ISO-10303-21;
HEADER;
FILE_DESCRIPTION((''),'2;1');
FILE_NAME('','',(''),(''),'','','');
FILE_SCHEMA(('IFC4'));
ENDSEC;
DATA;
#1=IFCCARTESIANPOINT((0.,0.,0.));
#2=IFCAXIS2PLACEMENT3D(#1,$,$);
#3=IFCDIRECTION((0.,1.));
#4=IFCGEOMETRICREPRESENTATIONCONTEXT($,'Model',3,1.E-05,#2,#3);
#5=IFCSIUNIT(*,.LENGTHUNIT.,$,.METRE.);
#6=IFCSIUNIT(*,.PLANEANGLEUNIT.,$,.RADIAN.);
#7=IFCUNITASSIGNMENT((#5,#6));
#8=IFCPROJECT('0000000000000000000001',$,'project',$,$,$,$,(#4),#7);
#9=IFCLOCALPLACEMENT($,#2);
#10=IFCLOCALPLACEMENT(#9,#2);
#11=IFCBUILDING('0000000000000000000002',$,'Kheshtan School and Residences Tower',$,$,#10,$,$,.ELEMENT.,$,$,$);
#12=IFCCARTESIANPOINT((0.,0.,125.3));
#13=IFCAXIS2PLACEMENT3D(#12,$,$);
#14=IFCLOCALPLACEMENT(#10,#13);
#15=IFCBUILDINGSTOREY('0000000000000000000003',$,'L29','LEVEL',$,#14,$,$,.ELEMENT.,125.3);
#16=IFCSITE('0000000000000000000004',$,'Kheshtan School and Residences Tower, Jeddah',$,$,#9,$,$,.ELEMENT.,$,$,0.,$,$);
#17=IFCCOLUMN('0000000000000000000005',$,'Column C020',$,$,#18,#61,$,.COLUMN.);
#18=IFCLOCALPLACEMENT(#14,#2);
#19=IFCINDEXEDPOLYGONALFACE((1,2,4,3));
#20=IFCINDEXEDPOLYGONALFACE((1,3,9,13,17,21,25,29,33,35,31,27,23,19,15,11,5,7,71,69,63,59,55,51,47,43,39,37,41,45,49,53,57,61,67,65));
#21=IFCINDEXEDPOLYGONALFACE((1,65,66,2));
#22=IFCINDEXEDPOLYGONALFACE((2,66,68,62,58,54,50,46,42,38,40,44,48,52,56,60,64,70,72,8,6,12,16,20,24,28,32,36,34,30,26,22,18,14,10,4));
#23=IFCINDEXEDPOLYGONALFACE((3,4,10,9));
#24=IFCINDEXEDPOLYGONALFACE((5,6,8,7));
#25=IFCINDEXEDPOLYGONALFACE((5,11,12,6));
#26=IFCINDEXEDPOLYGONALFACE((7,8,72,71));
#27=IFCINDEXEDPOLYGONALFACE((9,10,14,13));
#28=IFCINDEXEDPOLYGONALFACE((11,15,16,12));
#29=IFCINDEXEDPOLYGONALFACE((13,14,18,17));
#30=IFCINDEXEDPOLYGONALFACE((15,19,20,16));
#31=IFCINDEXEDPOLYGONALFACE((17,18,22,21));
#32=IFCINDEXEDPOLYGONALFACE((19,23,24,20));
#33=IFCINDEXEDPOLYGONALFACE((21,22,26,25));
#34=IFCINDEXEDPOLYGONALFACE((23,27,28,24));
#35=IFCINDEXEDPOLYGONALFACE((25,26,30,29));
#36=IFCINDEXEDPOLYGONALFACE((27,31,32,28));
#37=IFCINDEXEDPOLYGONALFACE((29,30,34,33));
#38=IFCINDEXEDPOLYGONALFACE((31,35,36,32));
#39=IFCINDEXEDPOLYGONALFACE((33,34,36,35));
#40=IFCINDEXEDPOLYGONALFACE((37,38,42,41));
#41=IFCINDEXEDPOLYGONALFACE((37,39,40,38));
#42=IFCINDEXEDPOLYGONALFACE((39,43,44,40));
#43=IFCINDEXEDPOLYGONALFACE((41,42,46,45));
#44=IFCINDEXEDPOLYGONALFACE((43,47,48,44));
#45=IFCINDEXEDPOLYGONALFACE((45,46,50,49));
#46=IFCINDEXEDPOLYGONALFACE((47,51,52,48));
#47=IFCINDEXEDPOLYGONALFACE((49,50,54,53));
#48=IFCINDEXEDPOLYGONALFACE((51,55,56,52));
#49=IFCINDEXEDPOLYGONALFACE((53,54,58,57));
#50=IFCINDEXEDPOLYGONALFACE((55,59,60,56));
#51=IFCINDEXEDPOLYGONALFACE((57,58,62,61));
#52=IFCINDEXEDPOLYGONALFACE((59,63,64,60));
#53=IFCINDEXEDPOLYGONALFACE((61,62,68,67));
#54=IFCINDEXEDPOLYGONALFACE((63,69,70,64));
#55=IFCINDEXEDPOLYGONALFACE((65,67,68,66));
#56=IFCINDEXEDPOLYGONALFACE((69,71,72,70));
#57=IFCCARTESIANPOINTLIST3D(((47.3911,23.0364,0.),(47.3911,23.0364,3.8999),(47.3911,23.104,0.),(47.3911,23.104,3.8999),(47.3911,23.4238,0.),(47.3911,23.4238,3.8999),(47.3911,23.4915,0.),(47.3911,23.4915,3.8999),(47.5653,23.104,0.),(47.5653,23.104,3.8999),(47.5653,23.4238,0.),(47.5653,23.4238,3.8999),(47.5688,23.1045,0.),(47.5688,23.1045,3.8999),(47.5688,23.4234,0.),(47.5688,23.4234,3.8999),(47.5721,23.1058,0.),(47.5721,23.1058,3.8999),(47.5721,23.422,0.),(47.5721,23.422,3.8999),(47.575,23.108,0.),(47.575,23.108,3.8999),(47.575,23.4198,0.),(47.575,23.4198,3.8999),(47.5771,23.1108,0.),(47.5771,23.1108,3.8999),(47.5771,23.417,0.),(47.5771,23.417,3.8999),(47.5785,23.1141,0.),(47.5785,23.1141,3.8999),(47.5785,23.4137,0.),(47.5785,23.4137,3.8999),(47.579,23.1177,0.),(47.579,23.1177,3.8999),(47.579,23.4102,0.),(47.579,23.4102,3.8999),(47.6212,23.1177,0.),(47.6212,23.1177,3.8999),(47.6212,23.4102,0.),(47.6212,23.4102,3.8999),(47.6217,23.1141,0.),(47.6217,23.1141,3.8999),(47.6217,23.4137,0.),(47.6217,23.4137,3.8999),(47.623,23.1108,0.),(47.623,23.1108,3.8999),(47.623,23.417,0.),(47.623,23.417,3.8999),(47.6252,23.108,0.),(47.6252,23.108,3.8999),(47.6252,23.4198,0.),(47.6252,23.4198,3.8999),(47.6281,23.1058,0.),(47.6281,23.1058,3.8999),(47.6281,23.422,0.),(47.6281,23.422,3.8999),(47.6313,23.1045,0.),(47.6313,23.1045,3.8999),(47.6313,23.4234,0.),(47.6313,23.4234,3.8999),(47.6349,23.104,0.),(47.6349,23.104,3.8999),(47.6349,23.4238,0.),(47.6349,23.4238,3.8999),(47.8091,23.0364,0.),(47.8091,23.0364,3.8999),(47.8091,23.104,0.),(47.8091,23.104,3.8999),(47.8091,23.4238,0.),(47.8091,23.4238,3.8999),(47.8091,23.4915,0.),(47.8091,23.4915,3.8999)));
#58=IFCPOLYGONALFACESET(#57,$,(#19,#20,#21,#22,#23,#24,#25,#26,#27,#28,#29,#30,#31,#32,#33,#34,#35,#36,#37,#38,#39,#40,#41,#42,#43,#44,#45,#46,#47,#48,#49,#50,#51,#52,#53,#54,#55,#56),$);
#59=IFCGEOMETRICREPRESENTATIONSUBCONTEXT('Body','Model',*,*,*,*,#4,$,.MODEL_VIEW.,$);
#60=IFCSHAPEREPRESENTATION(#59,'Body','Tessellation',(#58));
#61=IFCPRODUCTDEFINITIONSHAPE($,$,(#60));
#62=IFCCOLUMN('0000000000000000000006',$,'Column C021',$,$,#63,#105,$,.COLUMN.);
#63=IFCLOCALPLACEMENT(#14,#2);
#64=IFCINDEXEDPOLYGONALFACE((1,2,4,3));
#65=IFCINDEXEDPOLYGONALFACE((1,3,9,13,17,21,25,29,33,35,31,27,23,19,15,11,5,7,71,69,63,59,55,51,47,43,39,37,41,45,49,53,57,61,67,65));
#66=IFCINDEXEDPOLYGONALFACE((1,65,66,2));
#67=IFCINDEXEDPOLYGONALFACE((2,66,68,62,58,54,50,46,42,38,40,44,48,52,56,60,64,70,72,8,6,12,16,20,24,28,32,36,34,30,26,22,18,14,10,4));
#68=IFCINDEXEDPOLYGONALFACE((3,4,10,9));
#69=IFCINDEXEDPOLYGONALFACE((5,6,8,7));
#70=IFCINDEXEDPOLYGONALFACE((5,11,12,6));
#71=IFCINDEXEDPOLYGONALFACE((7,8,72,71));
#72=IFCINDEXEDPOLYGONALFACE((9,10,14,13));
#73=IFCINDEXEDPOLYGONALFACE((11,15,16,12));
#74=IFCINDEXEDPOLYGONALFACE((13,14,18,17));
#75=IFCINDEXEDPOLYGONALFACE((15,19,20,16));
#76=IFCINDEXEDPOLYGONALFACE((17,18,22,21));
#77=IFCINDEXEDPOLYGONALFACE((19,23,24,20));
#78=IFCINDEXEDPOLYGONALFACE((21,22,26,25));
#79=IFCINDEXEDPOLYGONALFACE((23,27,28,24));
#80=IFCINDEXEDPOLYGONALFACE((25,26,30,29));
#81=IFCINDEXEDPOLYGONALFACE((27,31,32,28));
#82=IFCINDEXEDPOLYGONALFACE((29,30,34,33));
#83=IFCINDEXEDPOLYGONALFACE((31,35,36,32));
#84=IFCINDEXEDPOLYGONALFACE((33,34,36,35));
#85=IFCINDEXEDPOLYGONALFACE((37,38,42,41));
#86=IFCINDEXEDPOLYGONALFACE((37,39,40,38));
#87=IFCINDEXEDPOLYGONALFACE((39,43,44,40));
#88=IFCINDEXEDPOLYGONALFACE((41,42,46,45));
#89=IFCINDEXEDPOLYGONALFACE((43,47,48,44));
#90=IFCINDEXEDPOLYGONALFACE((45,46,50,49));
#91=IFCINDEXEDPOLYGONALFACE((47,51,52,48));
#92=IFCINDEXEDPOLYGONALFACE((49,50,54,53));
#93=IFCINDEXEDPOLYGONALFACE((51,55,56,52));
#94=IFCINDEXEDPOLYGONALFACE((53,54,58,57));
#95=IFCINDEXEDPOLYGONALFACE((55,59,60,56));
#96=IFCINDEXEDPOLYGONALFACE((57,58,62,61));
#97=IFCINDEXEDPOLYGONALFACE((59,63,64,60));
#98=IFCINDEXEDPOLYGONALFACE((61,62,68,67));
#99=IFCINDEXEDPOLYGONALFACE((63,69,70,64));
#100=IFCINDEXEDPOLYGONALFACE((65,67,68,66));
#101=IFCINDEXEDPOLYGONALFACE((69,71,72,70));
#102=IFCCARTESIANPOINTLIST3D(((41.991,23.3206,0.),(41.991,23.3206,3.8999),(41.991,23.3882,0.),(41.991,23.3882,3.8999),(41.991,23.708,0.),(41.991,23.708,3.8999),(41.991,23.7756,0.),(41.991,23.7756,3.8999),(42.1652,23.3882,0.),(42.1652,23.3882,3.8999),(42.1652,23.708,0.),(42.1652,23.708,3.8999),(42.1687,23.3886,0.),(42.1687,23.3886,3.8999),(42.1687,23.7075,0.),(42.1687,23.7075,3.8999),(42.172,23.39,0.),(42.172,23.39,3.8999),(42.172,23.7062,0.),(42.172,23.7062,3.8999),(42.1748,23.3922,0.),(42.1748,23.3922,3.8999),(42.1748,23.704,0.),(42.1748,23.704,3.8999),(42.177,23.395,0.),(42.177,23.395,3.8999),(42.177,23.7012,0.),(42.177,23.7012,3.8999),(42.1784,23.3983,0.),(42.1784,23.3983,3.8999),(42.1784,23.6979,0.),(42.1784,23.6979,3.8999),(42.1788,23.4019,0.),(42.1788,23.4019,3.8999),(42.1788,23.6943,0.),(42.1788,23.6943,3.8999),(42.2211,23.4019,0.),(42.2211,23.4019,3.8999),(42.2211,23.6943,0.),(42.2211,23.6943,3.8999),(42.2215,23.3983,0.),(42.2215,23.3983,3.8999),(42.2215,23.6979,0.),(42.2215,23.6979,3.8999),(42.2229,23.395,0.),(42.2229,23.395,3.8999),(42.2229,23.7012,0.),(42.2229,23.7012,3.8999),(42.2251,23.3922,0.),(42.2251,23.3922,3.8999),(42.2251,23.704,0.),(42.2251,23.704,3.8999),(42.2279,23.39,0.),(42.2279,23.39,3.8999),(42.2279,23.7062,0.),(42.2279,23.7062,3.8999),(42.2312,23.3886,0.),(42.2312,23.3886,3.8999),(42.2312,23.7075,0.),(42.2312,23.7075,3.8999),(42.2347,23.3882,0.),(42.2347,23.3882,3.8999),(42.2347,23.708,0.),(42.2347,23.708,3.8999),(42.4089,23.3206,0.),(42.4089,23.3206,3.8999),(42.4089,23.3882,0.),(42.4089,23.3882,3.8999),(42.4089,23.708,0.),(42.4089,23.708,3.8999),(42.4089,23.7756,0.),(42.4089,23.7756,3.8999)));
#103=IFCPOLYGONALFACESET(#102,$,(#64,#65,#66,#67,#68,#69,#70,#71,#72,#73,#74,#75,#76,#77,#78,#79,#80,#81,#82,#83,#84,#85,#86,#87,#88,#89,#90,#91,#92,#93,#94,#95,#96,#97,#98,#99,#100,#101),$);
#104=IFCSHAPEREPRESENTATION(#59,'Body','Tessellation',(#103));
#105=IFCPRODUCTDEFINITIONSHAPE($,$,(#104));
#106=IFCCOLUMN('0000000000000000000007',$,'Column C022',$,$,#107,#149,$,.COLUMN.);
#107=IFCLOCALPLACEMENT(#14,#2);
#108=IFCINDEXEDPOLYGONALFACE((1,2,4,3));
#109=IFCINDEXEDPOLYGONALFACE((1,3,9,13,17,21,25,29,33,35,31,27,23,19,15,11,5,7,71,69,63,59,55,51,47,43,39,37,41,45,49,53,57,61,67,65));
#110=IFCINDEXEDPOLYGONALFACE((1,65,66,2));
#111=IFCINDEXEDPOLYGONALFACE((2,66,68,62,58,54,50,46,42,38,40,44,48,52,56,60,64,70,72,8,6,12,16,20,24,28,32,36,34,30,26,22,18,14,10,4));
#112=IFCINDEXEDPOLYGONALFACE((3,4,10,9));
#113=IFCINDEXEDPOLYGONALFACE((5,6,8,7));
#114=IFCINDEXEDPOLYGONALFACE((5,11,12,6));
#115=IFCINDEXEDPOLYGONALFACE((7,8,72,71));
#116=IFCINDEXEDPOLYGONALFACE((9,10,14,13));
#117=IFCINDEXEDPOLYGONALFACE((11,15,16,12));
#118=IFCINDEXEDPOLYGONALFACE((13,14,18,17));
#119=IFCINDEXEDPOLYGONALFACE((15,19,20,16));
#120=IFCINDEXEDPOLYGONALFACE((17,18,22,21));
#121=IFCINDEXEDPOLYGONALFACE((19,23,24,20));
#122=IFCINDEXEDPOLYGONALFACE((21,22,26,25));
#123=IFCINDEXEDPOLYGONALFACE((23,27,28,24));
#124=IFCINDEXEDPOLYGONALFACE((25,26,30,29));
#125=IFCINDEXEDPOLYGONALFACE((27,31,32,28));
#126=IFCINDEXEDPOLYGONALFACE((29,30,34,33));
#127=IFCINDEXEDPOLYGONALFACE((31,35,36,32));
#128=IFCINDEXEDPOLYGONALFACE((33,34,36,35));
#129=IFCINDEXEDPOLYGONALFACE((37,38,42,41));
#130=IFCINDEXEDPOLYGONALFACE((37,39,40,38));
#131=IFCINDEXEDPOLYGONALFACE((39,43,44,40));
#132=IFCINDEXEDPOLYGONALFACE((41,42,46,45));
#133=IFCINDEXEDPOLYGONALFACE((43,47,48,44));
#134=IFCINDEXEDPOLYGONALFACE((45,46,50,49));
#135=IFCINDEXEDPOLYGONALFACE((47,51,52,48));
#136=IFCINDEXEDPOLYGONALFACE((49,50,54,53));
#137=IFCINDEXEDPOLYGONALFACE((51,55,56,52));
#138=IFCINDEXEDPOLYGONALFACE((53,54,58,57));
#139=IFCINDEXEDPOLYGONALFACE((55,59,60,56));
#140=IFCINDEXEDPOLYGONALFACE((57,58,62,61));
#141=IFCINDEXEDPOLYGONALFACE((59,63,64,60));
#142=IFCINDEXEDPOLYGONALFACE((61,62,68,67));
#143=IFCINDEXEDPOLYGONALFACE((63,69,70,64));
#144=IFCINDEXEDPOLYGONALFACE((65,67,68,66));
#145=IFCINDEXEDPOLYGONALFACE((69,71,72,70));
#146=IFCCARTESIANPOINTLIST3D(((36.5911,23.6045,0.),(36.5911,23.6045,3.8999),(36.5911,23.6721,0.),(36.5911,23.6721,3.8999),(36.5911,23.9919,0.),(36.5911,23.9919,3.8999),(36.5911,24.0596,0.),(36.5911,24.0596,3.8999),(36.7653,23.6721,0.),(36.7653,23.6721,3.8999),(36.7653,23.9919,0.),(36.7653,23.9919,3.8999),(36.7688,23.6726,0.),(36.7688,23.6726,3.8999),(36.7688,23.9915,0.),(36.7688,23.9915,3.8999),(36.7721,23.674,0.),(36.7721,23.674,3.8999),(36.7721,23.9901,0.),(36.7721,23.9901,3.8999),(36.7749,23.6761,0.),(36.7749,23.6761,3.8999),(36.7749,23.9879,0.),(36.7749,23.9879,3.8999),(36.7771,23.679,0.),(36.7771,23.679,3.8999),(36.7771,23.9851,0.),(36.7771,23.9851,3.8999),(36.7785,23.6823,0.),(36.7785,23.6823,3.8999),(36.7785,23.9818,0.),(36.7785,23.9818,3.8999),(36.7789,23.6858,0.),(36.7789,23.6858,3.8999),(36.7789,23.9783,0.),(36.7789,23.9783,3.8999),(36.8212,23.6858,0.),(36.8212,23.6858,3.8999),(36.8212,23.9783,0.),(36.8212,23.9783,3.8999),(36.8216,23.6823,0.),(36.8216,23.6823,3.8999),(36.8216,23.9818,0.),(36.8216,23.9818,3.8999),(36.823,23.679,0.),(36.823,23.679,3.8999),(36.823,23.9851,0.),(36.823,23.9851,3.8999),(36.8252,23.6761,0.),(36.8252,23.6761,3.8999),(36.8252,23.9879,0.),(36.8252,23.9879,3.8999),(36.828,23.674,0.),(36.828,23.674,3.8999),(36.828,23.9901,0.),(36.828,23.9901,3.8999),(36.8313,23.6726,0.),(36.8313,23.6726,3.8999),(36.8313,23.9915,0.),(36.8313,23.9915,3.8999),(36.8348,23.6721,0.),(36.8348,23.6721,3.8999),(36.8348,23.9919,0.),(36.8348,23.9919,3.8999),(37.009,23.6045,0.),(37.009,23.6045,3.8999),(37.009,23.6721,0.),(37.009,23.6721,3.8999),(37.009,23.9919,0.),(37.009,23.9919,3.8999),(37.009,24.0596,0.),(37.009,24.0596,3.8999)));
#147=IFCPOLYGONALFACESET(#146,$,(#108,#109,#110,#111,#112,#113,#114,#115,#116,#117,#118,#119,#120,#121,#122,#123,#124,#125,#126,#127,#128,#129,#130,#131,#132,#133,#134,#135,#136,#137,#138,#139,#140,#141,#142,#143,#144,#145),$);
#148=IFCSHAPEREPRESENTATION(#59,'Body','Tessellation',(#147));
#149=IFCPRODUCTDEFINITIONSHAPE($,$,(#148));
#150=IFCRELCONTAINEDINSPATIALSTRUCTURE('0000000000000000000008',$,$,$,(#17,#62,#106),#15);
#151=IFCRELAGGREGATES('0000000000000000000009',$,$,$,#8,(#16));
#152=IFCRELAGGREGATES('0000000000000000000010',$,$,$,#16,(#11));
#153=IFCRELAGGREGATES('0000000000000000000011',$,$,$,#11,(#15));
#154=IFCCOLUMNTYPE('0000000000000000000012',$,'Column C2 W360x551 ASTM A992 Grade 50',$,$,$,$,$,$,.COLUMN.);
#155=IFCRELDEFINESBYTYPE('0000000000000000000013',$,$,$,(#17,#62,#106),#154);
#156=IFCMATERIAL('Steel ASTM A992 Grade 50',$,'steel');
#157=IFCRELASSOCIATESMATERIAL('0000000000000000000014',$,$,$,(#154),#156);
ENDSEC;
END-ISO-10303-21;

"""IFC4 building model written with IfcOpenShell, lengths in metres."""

from ifc_helpers import new_model, si_unit, direction, frame, origin, origin_2d, place, context, subcontext, project, spatial, i_section, extrude, material, material_profile, profile_set, type_object, element, save


model = new_model("IFC4")

# Units and contexts
model_context = context("Model", 3, precision=1e-05, world=origin(), true_north=direction((0.0, 1.0)))
body_context = subcontext(model_context, "Body", "Model", "MODEL_VIEW")
ifc_project = project(units=[si_unit("LENGTHUNIT", "METRE"), si_unit("PLANEANGLEUNIT", "RADIAN")], contexts=[model_context])

# Site, building, storey
site_placement = place(None, origin())
site = spatial("IfcSite", under=ifc_project, at=site_placement, Name="Kheshtan School and Residences Tower, Jeddah", CompositionType="ELEMENT", RefElevation=0.0)
building_placement = place(site_placement, origin())
building = spatial("IfcBuilding", under=site, at=building_placement, Name="Kheshtan School and Residences Tower", CompositionType="ELEMENT")
storey_placement = place(building_placement, frame((0.0, 0.0, 125.3)))
storey = spatial("IfcBuildingStorey", under=building, at=storey_placement, Name="L29", Description="LEVEL", CompositionType="ELEMENT", Elevation=125.3)

# Columns
ifc_material_1 = material(Name="Steel ASTM A992 Grade 50", Category="steel")
ifc_material_profile_1 = material_profile(ifc_material_1, i_section(OverallWidth=0.418, OverallDepth=0.4551, WebThickness=0.0422, FlangeThickness=0.0676, FilletRadius=0.0137, at=origin_2d()), Name="W360x551")
ifc_profile_set_1 = profile_set([ifc_material_profile_1], Name="Steel ASTM A992 Grade 50")
column_type_1 = type_object("IfcColumnType", Name="Column C2 W360x551 ASTM A992 Grade 50", PredefinedType="COLUMN", material=ifc_profile_set_1)
for number, where, z_axis, x_axis, name in (
    (1, (47.6001, 23.2639, 0.0), (0.0, 0.0, 1.0), (1.0, 0.0, 0.0), "Column C020"),
    (2, (42.2, 23.5481, 0.0), (0.0, 0.0, 1.0), (1.0, 0.0, 0.0), "Column C021"),
    (3, (36.8, 23.832, 0.0), (0.0, 0.0, 1.0), (1.0, 0.0, 0.0), "Column C022"),
):
    element("IfcColumn", number, at=place(storey_placement, frame(where, z_axis=z_axis, x_axis=x_axis)), inside=storey, type_object=column_type_1, Name=name, PredefinedType="COLUMN", context=body_context, shape_type="SweptSolid", body=[
        extrude(i_section(OverallWidth=0.418, OverallDepth=0.4551, WebThickness=0.0422, FlangeThickness=0.0676, FilletRadius=0.0137, at=origin_2d()), origin(), (0.0, 0.0, 1.0), 3.8999),
    ])

save(model, "model.ifc")
